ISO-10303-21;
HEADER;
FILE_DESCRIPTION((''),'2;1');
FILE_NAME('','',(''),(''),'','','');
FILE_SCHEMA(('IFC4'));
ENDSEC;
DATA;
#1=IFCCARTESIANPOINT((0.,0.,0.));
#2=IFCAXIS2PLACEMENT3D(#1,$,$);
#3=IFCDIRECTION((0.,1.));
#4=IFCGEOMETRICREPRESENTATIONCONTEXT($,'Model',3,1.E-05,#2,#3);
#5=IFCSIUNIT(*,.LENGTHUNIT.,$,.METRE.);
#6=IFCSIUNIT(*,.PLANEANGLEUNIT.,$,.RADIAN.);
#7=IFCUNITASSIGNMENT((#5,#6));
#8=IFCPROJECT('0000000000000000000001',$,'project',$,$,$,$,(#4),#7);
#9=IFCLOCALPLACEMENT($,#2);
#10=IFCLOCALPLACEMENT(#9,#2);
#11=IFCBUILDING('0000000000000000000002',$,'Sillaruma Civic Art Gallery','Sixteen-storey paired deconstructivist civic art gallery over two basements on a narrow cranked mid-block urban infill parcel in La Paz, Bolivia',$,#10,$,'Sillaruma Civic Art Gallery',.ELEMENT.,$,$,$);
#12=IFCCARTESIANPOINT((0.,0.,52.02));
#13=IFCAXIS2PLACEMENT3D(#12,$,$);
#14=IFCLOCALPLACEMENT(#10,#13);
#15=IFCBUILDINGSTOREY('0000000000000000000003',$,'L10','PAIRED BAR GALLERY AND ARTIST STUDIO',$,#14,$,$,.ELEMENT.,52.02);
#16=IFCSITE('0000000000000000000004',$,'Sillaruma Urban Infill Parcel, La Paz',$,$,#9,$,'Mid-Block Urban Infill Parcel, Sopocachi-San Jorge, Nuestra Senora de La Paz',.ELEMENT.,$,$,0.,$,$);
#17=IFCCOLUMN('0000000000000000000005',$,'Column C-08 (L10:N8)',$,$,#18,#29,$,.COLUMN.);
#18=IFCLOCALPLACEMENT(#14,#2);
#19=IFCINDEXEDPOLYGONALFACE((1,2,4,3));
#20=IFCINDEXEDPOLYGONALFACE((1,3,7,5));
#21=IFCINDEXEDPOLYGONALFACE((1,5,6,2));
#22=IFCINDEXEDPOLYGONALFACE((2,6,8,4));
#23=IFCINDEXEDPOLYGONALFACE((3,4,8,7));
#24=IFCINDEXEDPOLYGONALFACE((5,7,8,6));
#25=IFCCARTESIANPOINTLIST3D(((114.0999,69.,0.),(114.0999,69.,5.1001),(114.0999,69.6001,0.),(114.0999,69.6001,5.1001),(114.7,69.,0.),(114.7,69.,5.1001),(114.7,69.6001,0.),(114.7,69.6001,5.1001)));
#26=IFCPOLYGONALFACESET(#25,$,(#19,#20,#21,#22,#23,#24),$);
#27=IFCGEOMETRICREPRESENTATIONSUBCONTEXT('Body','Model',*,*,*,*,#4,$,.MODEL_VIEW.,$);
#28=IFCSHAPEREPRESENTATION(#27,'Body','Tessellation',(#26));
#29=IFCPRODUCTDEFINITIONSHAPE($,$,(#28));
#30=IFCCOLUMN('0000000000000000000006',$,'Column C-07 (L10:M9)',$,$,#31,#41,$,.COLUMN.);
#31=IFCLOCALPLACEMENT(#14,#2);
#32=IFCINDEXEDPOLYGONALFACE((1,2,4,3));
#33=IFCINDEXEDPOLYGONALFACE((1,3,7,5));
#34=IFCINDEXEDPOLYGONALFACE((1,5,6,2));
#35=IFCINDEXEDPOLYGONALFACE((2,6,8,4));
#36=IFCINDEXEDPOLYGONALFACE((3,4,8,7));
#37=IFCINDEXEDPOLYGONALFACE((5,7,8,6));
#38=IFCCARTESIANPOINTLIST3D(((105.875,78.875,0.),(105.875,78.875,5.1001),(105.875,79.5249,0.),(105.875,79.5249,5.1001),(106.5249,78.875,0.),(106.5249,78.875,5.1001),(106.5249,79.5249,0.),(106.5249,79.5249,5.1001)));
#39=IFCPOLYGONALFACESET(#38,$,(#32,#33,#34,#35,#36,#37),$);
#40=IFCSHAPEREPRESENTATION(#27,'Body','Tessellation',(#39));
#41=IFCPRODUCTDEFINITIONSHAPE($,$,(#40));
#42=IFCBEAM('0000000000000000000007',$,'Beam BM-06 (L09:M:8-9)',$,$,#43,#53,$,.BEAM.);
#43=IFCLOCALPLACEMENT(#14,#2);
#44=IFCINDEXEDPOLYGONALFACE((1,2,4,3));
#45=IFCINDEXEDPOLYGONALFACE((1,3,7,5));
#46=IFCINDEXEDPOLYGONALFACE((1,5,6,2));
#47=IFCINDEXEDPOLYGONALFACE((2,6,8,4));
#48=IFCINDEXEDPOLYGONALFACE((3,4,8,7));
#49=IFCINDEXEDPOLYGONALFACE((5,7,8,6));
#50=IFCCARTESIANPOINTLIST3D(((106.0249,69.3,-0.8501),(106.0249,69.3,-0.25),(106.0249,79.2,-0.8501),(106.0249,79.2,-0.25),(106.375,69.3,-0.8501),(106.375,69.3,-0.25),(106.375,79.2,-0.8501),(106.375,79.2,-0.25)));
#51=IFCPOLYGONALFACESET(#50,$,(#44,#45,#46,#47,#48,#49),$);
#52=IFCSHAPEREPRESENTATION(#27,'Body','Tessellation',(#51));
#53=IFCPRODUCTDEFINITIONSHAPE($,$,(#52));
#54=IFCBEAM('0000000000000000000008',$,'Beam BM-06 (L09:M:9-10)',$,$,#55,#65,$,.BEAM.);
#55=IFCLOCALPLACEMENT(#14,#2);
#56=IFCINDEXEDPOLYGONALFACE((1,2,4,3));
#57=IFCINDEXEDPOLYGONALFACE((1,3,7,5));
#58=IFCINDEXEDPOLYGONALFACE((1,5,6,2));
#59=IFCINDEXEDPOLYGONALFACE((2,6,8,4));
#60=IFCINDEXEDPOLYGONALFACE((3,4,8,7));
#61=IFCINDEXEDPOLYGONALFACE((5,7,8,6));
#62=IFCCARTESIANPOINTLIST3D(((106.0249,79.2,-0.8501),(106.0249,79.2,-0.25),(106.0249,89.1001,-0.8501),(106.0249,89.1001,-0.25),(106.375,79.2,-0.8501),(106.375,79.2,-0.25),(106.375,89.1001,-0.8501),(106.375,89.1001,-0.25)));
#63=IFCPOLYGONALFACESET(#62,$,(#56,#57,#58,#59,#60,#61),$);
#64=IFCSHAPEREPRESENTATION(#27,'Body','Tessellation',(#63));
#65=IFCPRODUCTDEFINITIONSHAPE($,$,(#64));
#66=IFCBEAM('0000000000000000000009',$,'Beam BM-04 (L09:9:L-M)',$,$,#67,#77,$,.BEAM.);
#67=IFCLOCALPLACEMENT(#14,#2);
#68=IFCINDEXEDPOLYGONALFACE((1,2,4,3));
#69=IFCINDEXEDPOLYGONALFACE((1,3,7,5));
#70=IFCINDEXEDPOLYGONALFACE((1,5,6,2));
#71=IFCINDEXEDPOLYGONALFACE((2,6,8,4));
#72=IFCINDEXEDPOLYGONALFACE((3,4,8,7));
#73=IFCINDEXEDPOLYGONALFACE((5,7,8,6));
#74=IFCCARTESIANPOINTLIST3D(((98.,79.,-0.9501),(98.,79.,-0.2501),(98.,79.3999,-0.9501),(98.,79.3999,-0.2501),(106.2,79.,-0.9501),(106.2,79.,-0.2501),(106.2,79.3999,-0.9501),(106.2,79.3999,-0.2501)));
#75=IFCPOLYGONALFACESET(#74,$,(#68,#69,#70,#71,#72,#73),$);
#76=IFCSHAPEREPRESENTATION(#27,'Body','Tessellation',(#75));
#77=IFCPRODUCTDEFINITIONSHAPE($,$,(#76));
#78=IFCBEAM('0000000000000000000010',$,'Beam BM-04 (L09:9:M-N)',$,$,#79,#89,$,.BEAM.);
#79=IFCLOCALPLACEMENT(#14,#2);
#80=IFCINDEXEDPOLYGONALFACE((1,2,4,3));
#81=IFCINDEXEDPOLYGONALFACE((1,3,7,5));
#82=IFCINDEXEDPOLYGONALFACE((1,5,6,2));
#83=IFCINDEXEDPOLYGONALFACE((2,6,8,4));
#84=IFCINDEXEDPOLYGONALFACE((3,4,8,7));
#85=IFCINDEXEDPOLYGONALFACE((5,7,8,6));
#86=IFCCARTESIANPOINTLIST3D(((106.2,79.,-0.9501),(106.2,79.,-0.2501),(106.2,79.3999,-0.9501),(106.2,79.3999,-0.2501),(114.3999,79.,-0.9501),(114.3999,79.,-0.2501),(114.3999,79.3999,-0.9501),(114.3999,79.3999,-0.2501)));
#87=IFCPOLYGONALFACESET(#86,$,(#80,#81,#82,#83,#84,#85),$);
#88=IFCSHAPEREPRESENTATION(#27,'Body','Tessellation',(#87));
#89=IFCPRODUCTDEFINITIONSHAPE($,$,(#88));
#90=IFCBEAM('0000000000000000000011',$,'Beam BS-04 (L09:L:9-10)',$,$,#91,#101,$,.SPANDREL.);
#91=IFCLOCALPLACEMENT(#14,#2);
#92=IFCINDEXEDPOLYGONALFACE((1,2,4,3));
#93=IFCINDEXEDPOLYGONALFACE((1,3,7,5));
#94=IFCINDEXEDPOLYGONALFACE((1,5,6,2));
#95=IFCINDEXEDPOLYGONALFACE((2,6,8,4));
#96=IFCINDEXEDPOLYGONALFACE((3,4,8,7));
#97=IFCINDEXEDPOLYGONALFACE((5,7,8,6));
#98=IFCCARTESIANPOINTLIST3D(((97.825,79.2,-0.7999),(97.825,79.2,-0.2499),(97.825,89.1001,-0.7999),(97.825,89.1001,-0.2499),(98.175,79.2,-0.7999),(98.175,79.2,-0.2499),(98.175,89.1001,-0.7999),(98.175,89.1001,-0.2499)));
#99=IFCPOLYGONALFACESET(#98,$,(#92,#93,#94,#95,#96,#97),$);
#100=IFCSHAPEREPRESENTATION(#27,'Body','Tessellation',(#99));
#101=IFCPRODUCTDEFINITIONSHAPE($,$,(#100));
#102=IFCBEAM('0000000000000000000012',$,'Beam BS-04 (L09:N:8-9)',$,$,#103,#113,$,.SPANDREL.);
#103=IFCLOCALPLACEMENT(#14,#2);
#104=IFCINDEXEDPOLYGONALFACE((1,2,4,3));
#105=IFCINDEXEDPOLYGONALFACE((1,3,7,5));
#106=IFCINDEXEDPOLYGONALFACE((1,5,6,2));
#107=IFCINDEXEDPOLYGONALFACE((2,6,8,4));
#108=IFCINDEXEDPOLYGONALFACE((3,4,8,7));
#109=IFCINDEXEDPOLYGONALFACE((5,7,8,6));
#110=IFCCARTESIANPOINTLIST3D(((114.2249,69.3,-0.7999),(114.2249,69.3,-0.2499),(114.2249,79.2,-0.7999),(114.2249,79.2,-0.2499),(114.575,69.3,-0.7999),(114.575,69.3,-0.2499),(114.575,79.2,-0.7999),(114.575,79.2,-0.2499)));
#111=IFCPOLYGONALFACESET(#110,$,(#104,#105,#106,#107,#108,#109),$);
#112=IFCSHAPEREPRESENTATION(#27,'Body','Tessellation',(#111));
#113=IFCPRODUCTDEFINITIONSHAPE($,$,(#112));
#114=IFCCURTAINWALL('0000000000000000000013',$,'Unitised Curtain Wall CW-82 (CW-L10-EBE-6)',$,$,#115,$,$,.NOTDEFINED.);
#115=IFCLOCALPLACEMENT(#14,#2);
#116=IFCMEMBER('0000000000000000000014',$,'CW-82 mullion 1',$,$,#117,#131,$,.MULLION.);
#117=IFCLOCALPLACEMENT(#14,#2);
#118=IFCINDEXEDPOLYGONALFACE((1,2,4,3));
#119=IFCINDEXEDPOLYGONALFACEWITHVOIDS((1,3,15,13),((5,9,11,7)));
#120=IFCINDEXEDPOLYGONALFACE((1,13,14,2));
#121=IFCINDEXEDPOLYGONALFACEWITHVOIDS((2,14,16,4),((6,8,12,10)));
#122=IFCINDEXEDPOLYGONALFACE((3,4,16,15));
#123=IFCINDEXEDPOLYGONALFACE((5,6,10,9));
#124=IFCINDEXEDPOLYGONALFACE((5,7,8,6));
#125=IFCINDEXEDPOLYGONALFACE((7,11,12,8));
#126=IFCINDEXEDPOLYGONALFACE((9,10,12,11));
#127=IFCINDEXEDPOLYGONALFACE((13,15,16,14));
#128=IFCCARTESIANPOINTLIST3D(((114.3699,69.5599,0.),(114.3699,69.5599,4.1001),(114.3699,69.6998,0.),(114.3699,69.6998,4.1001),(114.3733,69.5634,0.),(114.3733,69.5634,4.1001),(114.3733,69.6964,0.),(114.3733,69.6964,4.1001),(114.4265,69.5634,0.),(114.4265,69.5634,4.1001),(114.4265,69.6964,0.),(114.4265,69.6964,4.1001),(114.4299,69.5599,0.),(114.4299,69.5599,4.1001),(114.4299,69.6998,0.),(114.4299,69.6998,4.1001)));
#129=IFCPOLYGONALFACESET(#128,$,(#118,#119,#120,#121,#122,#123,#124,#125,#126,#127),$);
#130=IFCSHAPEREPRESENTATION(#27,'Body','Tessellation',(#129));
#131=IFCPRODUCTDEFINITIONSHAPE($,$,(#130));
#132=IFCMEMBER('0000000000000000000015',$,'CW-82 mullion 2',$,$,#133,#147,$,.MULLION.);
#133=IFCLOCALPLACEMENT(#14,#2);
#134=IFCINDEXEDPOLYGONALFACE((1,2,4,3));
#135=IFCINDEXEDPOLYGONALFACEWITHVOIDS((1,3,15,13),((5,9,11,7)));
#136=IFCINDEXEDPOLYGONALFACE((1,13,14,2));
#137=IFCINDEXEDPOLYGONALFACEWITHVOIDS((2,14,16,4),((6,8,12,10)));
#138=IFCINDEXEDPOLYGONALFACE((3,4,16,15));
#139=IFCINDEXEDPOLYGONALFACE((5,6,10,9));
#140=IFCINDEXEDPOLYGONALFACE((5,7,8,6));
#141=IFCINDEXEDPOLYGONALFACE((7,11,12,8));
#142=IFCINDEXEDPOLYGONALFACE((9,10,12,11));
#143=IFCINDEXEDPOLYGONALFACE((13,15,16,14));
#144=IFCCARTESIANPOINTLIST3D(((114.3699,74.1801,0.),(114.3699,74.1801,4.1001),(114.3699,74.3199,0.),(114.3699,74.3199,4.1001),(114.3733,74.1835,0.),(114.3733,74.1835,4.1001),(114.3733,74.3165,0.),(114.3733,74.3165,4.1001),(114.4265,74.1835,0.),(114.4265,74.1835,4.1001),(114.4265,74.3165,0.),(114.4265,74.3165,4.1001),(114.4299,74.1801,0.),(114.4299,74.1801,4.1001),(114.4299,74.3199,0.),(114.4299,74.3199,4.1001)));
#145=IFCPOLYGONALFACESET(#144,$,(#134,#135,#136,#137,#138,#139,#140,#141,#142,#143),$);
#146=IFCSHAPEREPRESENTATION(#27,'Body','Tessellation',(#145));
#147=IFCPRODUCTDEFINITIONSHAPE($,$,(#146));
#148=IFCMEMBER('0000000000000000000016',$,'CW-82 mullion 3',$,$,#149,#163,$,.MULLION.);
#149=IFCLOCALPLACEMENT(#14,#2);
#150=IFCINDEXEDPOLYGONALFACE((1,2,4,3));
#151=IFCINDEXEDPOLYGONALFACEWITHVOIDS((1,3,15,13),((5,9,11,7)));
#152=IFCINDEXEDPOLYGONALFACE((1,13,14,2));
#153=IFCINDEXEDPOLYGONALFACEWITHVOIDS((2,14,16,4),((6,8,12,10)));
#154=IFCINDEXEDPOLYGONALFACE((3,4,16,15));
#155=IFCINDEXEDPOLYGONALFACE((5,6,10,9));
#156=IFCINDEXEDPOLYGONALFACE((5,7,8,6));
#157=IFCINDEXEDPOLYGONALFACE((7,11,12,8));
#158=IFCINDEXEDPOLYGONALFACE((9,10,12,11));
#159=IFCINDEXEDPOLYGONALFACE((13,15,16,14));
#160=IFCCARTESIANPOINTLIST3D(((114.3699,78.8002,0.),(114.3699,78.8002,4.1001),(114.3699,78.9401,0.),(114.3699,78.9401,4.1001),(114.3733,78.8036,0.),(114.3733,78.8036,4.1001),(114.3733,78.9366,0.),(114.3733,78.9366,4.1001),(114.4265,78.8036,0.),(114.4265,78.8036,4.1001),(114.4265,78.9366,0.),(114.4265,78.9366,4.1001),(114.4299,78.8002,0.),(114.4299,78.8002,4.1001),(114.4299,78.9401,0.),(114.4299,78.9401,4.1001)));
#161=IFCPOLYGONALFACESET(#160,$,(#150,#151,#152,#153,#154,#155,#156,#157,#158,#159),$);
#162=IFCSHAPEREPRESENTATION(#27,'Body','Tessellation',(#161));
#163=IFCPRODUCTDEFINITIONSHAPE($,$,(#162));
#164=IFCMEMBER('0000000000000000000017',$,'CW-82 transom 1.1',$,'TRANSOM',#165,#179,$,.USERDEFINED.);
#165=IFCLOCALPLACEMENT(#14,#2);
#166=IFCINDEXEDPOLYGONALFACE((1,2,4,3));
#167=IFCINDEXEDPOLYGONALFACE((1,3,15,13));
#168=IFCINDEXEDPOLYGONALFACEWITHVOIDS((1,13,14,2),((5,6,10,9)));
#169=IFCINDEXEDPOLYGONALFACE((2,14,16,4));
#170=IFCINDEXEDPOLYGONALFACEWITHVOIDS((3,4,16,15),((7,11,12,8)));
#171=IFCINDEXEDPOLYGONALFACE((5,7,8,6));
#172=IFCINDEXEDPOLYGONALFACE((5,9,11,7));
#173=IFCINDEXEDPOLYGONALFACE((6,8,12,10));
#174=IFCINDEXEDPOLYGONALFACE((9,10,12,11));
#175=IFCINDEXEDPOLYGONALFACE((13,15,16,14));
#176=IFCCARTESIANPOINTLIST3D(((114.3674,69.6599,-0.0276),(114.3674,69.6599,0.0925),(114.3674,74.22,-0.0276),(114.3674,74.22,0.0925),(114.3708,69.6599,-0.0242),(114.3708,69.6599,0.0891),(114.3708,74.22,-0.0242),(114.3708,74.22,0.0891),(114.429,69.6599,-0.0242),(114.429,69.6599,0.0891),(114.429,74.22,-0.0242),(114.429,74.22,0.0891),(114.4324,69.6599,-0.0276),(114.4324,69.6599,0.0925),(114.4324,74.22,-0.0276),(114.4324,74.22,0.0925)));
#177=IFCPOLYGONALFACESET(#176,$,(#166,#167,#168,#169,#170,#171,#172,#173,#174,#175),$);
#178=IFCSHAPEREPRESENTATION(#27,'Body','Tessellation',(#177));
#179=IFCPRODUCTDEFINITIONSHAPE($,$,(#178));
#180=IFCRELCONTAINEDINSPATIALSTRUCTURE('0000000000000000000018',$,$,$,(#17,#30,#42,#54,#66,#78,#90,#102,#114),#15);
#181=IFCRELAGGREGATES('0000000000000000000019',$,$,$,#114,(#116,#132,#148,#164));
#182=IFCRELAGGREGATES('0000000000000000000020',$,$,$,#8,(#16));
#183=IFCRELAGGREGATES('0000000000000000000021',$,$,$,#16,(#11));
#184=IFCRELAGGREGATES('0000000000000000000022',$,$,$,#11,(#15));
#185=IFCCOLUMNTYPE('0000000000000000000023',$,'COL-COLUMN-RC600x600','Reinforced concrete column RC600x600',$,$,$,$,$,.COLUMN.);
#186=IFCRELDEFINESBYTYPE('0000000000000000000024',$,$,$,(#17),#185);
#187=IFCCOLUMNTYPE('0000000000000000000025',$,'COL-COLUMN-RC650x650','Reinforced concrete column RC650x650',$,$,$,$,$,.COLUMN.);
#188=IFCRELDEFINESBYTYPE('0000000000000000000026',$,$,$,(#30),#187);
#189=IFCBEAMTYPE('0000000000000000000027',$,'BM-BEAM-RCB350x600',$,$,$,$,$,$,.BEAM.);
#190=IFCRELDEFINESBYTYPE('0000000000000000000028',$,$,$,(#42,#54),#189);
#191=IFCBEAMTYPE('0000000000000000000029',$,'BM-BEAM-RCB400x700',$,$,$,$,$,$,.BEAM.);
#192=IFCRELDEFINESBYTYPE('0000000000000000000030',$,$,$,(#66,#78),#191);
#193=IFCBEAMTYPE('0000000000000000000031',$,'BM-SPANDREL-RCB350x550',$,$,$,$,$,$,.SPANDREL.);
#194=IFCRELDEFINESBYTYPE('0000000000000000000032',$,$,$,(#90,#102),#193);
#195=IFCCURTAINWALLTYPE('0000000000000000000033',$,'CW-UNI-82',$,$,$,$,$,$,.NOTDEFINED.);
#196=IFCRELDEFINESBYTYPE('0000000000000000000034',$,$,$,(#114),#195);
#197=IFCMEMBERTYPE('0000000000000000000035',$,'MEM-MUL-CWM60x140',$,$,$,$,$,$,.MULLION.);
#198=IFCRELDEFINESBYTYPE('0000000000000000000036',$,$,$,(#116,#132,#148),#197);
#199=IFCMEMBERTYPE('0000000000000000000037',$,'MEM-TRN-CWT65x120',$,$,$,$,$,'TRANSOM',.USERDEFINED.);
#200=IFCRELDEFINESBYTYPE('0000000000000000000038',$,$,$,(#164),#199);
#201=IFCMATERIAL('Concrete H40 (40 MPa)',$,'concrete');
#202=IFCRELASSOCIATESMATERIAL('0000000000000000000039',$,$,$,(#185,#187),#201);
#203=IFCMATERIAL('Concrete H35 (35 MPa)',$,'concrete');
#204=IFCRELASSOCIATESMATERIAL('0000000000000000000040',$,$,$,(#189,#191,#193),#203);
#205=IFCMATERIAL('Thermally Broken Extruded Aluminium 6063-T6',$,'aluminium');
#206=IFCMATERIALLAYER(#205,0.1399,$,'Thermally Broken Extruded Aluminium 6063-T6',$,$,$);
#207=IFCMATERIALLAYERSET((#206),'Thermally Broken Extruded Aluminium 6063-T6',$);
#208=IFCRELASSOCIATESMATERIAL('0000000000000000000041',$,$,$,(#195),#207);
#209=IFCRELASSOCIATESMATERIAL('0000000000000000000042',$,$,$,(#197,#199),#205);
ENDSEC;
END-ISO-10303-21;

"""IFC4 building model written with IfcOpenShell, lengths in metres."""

from ifc_helpers import new_model, si_unit, direction, frame, origin, origin_2d, place, context, subcontext, project, spatial, rectangle, hollow_rectangle, extrude, material, layer, layer_set, material_profile, profile_set, type_object, element, aggregate, save


model = new_model("IFC4")

# Units and contexts
model_context = context("Model", 3, precision=1e-05, world=origin(), true_north=direction((0.0, 1.0)))
body_context = subcontext(model_context, "Body", "Model", "MODEL_VIEW")
ifc_project = project(units=[si_unit("LENGTHUNIT", "METRE"), si_unit("PLANEANGLEUNIT", "RADIAN")], contexts=[model_context])

# Site, building, storey
site_placement = place(None, origin())
site = spatial("IfcSite", under=ifc_project, at=site_placement, Name="Sillaruma Urban Infill Parcel, La Paz", LongName="Mid-Block Urban Infill Parcel, Sopocachi-San Jorge, Nuestra Senora de La Paz", CompositionType="ELEMENT", RefElevation=0.0)
building_placement = place(site_placement, origin())
building = spatial("IfcBuilding", under=site, at=building_placement, Name="Sillaruma Civic Art Gallery", Description="Sixteen-storey paired deconstructivist civic art gallery over two basements on a narrow cranked mid-block urban infill parcel in La Paz, Bolivia", LongName="Sillaruma Civic Art Gallery", CompositionType="ELEMENT")
storey_placement = place(building_placement, frame((0.0, 0.0, 52.02)))
storey = spatial("IfcBuildingStorey", under=building, at=storey_placement, Name="L10", Description="PAIRED BAR GALLERY AND ARTIST STUDIO", CompositionType="ELEMENT", Elevation=52.02)

# Columns
ifc_material_1 = material(Name="Concrete H40 (40 MPa)", Category="concrete")
ifc_material_profile_1 = material_profile(ifc_material_1, rectangle(XDim=0.6001, YDim=0.6001, at=origin_2d()), Name="RC600x600")
ifc_profile_set_1 = profile_set([ifc_material_profile_1], Name="Concrete H40 (40 MPa)")
column_type_1 = type_object("IfcColumnType", Name="COL-COLUMN-RC600x600", Description="Reinforced concrete column RC600x600", PredefinedType="COLUMN", material=ifc_profile_set_1)
column_1_placement = place(storey_placement, frame((114.3999, 69.3, 0.0), z_axis=(0.0, 0.0, 1.0), x_axis=(1.0, 0.0, 0.0)))
element("IfcColumn", 1, at=column_1_placement, inside=storey, type_object=column_type_1, Name="Column C-08 (L10:N8)", PredefinedType="COLUMN", context=body_context, shape_type="SweptSolid", body=[
    extrude(rectangle(XDim=0.6001, YDim=0.6001, at=origin_2d()), origin(), (0.0, 0.0, 1.0), 5.1001),
])
ifc_material_profile_2 = material_profile(ifc_material_1, rectangle(XDim=0.6499, YDim=0.6499, at=origin_2d()), Name="RC650x650")
ifc_profile_set_2 = profile_set([ifc_material_profile_2], Name="Concrete H40 (40 MPa)")
column_type_2 = type_object("IfcColumnType", Name="COL-COLUMN-RC650x650", Description="Reinforced concrete column RC650x650", PredefinedType="COLUMN", material=ifc_profile_set_2)
column_2_placement = place(storey_placement, frame((106.2, 79.2, 0.0), z_axis=(0.0, 0.0, 1.0), x_axis=(1.0, 0.0, 0.0)))
element("IfcColumn", 2, at=column_2_placement, inside=storey, type_object=column_type_2, Name="Column C-07 (L10:M9)", PredefinedType="COLUMN", context=body_context, shape_type="SweptSolid", body=[
    extrude(rectangle(XDim=0.6499, YDim=0.6499, at=origin_2d()), origin(), (0.0, 0.0, 1.0), 5.1001),
])

# Beams
ifc_material_2 = material(Name="Concrete H35 (35 MPa)", Category="concrete")
ifc_material_profile_3 = material_profile(ifc_material_2, rectangle(XDim=0.3501, YDim=0.6001, at=origin_2d()), Name="RCB350x600")
ifc_profile_set_3 = profile_set([ifc_material_profile_3], Name="Concrete H35 (35 MPa)")
beam_type_1 = type_object("IfcBeamType", Name="BM-BEAM-RCB350x600", PredefinedType="BEAM", material=ifc_profile_set_3)
beam_1_placement = place(storey_placement, frame((106.2, 69.3, -0.55), z_axis=(0.0, 1.0, 0.0), x_axis=(-1.0, 0.0, 0.0)))
element("IfcBeam", 3, at=beam_1_placement, inside=storey, type_object=beam_type_1, Name="Beam BM-06 (L09:M:8-9)", PredefinedType="BEAM", context=body_context, shape_type="SweptSolid", body=[
    extrude(rectangle(XDim=0.3501, YDim=0.6001, at=origin_2d()), origin(), (0.0, 0.0, 1.0), 9.8999),
])
beam_2_placement = place(storey_placement, frame((106.2, 79.2, -0.55), z_axis=(0.0, 1.0, 0.0), x_axis=(-1.0, 0.0, 0.0)))
element("IfcBeam", 4, at=beam_2_placement, inside=storey, type_object=beam_type_1, Name="Beam BM-06 (L09:M:9-10)", PredefinedType="BEAM", context=body_context, shape_type="SweptSolid", body=[
    extrude(rectangle(XDim=0.3501, YDim=0.6001, at=origin_2d()), origin(), (0.0, 0.0, 1.0), 9.9001),
])
ifc_material_profile_4 = material_profile(ifc_material_2, rectangle(XDim=0.3999, YDim=0.7, at=origin_2d()), Name="RCB400x700")
ifc_profile_set_4 = profile_set([ifc_material_profile_4], Name="Concrete H35 (35 MPa)")
beam_type_2 = type_object("IfcBeamType", Name="BM-BEAM-RCB400x700", PredefinedType="BEAM", material=ifc_profile_set_4)
for number, where, z_axis, x_axis, name in (
    (5, (98.0, 79.2, -0.6001), (1.0, 0.0, 0.0), (0.0, 1.0, 0.0), "Beam BM-04 (L09:9:L-M)"),
    (6, (106.2, 79.2, -0.6001), (1.0, 0.0, 0.0), (0.0, 1.0, 0.0), "Beam BM-04 (L09:9:M-N)"),
):
    element("IfcBeam", number, at=place(storey_placement, frame(where, z_axis=z_axis, x_axis=x_axis)), inside=storey, type_object=beam_type_2, Name=name, PredefinedType="BEAM", context=body_context, shape_type="SweptSolid", body=[
        extrude(rectangle(XDim=0.3999, YDim=0.7, at=origin_2d()), origin(), (0.0, 0.0, 1.0), 8.2),
    ])
ifc_material_profile_5 = material_profile(ifc_material_2, rectangle(XDim=0.3501, YDim=0.55, at=origin_2d()), Name="RCB350x550")
ifc_profile_set_5 = profile_set([ifc_material_profile_5], Name="Concrete H35 (35 MPa)")
beam_type_3 = type_object("IfcBeamType", Name="BM-SPANDREL-RCB350x550", PredefinedType="SPANDREL", material=ifc_profile_set_5)
beam_3_placement = place(storey_placement, frame((98.0, 79.2, -0.5249), z_axis=(0.0, 1.0, 0.0), x_axis=(-1.0, 0.0, 0.0)))
element("IfcBeam", 7, at=beam_3_placement, inside=storey, type_object=beam_type_3, Name="Beam BS-04 (L09:L:9-10)", PredefinedType="SPANDREL", context=body_context, shape_type="SweptSolid", body=[
    extrude(rectangle(XDim=0.3501, YDim=0.55, at=origin_2d()), origin(), (0.0, 0.0, 1.0), 9.9001),
])
beam_4_placement = place(storey_placement, frame((114.3999, 69.3, -0.5249), z_axis=(0.0, 1.0, 0.0), x_axis=(-1.0, 0.0, 0.0)))
element("IfcBeam", 8, at=beam_4_placement, inside=storey, type_object=beam_type_3, Name="Beam BS-04 (L09:N:8-9)", PredefinedType="SPANDREL", context=body_context, shape_type="SweptSolid", body=[
    extrude(rectangle(XDim=0.3501, YDim=0.55, at=origin_2d()), origin(), (0.0, 0.0, 1.0), 9.8999),
])

# Curtain wall, members
ifc_material_3 = material(Name="Thermally Broken Extruded Aluminium 6063-T6", Category="aluminium")
ifc_layer_1 = layer(ifc_material_3, 0.1399, Name="Thermally Broken Extruded Aluminium 6063-T6")
ifc_layer_set_1 = layer_set([ifc_layer_1], Name="Thermally Broken Extruded Aluminium 6063-T6")
curtain_wall_type = type_object("IfcCurtainWallType", Name="CW-UNI-82", PredefinedType="NOTDEFINED", material=ifc_layer_set_1)
curtain_wall_placement = place(storey_placement, origin())
curtain_wall = element("IfcCurtainWall", 9, at=curtain_wall_placement, inside=storey, type_object=curtain_wall_type, Name="Unitised Curtain Wall CW-82 (CW-L10-EBE-6)", PredefinedType="NOTDEFINED")
ifc_material_profile_6 = material_profile(ifc_material_3, hollow_rectangle(XDim=0.0601, YDim=0.1399, WallThickness=0.0034, at=origin_2d()), Name="CWM60x140")
ifc_profile_set_6 = profile_set([ifc_material_profile_6], Name="Thermally Broken Extruded Aluminium 6063-T6")
member_type_1 = type_object("IfcMemberType", Name="MEM-MUL-CWM60x140", PredefinedType="MULLION", material=ifc_profile_set_6)
member_1_placement = place(storey_placement, frame((114.3999, 69.6299, 0.0), z_axis=(0.0, 0.0, 1.0), x_axis=(-1.0, 0.0, 0.0)))
member_1 = element("IfcMember", 10, at=member_1_placement, type_object=member_type_1, Name="CW-82 mullion 1", PredefinedType="MULLION", context=body_context, shape_type="SweptSolid", body=[
    extrude(hollow_rectangle(XDim=0.0601, YDim=0.1399, WallThickness=0.0034, at=origin_2d()), origin(), (0.0, 0.0, 1.0), 4.1001),
])
member_2_placement = place(storey_placement, frame((114.3999, 74.25, 0.0), z_axis=(0.0, 0.0, 1.0), x_axis=(-1.0, 0.0, 0.0)))
member_2 = element("IfcMember", 11, at=member_2_placement, type_object=member_type_1, Name="CW-82 mullion 2", PredefinedType="MULLION", context=body_context, shape_type="SweptSolid", body=[
    extrude(hollow_rectangle(XDim=0.0601, YDim=0.1399, WallThickness=0.0034, at=origin_2d()), origin(), (0.0, 0.0, 1.0), 4.1001),
])
member_3_placement = place(storey_placement, frame((114.3999, 78.8701, 0.0), z_axis=(0.0, 0.0, 1.0), x_axis=(-1.0, 0.0, 0.0)))
member_3 = element("IfcMember", 12, at=member_3_placement, type_object=member_type_1, Name="CW-82 mullion 3", PredefinedType="MULLION", context=body_context, shape_type="SweptSolid", body=[
    extrude(hollow_rectangle(XDim=0.0601, YDim=0.1399, WallThickness=0.0034, at=origin_2d()), origin(), (0.0, 0.0, 1.0), 4.1001),
])
ifc_material_profile_7 = material_profile(ifc_material_3, hollow_rectangle(XDim=0.0649, YDim=0.1201, WallThickness=0.0034, at=origin_2d()), Name="CWT65x120")
ifc_profile_set_7 = profile_set([ifc_material_profile_7], Name="Thermally Broken Extruded Aluminium 6063-T6")
member_type_2 = type_object("IfcMemberType", Name="MEM-TRN-CWT65x120", ElementType="TRANSOM", PredefinedType="USERDEFINED", material=ifc_profile_set_7)
member_4_placement = place(storey_placement, frame((114.3999, 69.6599, 0.0325), z_axis=(0.0, 1.0, 0.0), x_axis=(-1.0, 0.0, 0.0)))
member_4 = element("IfcMember", 13, at=member_4_placement, type_object=member_type_2, Name="CW-82 transom 1.1", ObjectType="TRANSOM", PredefinedType="USERDEFINED", context=body_context, shape_type="SweptSolid", body=[
    extrude(hollow_rectangle(XDim=0.0649, YDim=0.1201, WallThickness=0.0034, at=origin_2d()), origin(), (0.0, 0.0, 1.0), 4.5601),
])
aggregate(curtain_wall, [member_1, member_2, member_3, member_4])

save(model, "model.ifc")
